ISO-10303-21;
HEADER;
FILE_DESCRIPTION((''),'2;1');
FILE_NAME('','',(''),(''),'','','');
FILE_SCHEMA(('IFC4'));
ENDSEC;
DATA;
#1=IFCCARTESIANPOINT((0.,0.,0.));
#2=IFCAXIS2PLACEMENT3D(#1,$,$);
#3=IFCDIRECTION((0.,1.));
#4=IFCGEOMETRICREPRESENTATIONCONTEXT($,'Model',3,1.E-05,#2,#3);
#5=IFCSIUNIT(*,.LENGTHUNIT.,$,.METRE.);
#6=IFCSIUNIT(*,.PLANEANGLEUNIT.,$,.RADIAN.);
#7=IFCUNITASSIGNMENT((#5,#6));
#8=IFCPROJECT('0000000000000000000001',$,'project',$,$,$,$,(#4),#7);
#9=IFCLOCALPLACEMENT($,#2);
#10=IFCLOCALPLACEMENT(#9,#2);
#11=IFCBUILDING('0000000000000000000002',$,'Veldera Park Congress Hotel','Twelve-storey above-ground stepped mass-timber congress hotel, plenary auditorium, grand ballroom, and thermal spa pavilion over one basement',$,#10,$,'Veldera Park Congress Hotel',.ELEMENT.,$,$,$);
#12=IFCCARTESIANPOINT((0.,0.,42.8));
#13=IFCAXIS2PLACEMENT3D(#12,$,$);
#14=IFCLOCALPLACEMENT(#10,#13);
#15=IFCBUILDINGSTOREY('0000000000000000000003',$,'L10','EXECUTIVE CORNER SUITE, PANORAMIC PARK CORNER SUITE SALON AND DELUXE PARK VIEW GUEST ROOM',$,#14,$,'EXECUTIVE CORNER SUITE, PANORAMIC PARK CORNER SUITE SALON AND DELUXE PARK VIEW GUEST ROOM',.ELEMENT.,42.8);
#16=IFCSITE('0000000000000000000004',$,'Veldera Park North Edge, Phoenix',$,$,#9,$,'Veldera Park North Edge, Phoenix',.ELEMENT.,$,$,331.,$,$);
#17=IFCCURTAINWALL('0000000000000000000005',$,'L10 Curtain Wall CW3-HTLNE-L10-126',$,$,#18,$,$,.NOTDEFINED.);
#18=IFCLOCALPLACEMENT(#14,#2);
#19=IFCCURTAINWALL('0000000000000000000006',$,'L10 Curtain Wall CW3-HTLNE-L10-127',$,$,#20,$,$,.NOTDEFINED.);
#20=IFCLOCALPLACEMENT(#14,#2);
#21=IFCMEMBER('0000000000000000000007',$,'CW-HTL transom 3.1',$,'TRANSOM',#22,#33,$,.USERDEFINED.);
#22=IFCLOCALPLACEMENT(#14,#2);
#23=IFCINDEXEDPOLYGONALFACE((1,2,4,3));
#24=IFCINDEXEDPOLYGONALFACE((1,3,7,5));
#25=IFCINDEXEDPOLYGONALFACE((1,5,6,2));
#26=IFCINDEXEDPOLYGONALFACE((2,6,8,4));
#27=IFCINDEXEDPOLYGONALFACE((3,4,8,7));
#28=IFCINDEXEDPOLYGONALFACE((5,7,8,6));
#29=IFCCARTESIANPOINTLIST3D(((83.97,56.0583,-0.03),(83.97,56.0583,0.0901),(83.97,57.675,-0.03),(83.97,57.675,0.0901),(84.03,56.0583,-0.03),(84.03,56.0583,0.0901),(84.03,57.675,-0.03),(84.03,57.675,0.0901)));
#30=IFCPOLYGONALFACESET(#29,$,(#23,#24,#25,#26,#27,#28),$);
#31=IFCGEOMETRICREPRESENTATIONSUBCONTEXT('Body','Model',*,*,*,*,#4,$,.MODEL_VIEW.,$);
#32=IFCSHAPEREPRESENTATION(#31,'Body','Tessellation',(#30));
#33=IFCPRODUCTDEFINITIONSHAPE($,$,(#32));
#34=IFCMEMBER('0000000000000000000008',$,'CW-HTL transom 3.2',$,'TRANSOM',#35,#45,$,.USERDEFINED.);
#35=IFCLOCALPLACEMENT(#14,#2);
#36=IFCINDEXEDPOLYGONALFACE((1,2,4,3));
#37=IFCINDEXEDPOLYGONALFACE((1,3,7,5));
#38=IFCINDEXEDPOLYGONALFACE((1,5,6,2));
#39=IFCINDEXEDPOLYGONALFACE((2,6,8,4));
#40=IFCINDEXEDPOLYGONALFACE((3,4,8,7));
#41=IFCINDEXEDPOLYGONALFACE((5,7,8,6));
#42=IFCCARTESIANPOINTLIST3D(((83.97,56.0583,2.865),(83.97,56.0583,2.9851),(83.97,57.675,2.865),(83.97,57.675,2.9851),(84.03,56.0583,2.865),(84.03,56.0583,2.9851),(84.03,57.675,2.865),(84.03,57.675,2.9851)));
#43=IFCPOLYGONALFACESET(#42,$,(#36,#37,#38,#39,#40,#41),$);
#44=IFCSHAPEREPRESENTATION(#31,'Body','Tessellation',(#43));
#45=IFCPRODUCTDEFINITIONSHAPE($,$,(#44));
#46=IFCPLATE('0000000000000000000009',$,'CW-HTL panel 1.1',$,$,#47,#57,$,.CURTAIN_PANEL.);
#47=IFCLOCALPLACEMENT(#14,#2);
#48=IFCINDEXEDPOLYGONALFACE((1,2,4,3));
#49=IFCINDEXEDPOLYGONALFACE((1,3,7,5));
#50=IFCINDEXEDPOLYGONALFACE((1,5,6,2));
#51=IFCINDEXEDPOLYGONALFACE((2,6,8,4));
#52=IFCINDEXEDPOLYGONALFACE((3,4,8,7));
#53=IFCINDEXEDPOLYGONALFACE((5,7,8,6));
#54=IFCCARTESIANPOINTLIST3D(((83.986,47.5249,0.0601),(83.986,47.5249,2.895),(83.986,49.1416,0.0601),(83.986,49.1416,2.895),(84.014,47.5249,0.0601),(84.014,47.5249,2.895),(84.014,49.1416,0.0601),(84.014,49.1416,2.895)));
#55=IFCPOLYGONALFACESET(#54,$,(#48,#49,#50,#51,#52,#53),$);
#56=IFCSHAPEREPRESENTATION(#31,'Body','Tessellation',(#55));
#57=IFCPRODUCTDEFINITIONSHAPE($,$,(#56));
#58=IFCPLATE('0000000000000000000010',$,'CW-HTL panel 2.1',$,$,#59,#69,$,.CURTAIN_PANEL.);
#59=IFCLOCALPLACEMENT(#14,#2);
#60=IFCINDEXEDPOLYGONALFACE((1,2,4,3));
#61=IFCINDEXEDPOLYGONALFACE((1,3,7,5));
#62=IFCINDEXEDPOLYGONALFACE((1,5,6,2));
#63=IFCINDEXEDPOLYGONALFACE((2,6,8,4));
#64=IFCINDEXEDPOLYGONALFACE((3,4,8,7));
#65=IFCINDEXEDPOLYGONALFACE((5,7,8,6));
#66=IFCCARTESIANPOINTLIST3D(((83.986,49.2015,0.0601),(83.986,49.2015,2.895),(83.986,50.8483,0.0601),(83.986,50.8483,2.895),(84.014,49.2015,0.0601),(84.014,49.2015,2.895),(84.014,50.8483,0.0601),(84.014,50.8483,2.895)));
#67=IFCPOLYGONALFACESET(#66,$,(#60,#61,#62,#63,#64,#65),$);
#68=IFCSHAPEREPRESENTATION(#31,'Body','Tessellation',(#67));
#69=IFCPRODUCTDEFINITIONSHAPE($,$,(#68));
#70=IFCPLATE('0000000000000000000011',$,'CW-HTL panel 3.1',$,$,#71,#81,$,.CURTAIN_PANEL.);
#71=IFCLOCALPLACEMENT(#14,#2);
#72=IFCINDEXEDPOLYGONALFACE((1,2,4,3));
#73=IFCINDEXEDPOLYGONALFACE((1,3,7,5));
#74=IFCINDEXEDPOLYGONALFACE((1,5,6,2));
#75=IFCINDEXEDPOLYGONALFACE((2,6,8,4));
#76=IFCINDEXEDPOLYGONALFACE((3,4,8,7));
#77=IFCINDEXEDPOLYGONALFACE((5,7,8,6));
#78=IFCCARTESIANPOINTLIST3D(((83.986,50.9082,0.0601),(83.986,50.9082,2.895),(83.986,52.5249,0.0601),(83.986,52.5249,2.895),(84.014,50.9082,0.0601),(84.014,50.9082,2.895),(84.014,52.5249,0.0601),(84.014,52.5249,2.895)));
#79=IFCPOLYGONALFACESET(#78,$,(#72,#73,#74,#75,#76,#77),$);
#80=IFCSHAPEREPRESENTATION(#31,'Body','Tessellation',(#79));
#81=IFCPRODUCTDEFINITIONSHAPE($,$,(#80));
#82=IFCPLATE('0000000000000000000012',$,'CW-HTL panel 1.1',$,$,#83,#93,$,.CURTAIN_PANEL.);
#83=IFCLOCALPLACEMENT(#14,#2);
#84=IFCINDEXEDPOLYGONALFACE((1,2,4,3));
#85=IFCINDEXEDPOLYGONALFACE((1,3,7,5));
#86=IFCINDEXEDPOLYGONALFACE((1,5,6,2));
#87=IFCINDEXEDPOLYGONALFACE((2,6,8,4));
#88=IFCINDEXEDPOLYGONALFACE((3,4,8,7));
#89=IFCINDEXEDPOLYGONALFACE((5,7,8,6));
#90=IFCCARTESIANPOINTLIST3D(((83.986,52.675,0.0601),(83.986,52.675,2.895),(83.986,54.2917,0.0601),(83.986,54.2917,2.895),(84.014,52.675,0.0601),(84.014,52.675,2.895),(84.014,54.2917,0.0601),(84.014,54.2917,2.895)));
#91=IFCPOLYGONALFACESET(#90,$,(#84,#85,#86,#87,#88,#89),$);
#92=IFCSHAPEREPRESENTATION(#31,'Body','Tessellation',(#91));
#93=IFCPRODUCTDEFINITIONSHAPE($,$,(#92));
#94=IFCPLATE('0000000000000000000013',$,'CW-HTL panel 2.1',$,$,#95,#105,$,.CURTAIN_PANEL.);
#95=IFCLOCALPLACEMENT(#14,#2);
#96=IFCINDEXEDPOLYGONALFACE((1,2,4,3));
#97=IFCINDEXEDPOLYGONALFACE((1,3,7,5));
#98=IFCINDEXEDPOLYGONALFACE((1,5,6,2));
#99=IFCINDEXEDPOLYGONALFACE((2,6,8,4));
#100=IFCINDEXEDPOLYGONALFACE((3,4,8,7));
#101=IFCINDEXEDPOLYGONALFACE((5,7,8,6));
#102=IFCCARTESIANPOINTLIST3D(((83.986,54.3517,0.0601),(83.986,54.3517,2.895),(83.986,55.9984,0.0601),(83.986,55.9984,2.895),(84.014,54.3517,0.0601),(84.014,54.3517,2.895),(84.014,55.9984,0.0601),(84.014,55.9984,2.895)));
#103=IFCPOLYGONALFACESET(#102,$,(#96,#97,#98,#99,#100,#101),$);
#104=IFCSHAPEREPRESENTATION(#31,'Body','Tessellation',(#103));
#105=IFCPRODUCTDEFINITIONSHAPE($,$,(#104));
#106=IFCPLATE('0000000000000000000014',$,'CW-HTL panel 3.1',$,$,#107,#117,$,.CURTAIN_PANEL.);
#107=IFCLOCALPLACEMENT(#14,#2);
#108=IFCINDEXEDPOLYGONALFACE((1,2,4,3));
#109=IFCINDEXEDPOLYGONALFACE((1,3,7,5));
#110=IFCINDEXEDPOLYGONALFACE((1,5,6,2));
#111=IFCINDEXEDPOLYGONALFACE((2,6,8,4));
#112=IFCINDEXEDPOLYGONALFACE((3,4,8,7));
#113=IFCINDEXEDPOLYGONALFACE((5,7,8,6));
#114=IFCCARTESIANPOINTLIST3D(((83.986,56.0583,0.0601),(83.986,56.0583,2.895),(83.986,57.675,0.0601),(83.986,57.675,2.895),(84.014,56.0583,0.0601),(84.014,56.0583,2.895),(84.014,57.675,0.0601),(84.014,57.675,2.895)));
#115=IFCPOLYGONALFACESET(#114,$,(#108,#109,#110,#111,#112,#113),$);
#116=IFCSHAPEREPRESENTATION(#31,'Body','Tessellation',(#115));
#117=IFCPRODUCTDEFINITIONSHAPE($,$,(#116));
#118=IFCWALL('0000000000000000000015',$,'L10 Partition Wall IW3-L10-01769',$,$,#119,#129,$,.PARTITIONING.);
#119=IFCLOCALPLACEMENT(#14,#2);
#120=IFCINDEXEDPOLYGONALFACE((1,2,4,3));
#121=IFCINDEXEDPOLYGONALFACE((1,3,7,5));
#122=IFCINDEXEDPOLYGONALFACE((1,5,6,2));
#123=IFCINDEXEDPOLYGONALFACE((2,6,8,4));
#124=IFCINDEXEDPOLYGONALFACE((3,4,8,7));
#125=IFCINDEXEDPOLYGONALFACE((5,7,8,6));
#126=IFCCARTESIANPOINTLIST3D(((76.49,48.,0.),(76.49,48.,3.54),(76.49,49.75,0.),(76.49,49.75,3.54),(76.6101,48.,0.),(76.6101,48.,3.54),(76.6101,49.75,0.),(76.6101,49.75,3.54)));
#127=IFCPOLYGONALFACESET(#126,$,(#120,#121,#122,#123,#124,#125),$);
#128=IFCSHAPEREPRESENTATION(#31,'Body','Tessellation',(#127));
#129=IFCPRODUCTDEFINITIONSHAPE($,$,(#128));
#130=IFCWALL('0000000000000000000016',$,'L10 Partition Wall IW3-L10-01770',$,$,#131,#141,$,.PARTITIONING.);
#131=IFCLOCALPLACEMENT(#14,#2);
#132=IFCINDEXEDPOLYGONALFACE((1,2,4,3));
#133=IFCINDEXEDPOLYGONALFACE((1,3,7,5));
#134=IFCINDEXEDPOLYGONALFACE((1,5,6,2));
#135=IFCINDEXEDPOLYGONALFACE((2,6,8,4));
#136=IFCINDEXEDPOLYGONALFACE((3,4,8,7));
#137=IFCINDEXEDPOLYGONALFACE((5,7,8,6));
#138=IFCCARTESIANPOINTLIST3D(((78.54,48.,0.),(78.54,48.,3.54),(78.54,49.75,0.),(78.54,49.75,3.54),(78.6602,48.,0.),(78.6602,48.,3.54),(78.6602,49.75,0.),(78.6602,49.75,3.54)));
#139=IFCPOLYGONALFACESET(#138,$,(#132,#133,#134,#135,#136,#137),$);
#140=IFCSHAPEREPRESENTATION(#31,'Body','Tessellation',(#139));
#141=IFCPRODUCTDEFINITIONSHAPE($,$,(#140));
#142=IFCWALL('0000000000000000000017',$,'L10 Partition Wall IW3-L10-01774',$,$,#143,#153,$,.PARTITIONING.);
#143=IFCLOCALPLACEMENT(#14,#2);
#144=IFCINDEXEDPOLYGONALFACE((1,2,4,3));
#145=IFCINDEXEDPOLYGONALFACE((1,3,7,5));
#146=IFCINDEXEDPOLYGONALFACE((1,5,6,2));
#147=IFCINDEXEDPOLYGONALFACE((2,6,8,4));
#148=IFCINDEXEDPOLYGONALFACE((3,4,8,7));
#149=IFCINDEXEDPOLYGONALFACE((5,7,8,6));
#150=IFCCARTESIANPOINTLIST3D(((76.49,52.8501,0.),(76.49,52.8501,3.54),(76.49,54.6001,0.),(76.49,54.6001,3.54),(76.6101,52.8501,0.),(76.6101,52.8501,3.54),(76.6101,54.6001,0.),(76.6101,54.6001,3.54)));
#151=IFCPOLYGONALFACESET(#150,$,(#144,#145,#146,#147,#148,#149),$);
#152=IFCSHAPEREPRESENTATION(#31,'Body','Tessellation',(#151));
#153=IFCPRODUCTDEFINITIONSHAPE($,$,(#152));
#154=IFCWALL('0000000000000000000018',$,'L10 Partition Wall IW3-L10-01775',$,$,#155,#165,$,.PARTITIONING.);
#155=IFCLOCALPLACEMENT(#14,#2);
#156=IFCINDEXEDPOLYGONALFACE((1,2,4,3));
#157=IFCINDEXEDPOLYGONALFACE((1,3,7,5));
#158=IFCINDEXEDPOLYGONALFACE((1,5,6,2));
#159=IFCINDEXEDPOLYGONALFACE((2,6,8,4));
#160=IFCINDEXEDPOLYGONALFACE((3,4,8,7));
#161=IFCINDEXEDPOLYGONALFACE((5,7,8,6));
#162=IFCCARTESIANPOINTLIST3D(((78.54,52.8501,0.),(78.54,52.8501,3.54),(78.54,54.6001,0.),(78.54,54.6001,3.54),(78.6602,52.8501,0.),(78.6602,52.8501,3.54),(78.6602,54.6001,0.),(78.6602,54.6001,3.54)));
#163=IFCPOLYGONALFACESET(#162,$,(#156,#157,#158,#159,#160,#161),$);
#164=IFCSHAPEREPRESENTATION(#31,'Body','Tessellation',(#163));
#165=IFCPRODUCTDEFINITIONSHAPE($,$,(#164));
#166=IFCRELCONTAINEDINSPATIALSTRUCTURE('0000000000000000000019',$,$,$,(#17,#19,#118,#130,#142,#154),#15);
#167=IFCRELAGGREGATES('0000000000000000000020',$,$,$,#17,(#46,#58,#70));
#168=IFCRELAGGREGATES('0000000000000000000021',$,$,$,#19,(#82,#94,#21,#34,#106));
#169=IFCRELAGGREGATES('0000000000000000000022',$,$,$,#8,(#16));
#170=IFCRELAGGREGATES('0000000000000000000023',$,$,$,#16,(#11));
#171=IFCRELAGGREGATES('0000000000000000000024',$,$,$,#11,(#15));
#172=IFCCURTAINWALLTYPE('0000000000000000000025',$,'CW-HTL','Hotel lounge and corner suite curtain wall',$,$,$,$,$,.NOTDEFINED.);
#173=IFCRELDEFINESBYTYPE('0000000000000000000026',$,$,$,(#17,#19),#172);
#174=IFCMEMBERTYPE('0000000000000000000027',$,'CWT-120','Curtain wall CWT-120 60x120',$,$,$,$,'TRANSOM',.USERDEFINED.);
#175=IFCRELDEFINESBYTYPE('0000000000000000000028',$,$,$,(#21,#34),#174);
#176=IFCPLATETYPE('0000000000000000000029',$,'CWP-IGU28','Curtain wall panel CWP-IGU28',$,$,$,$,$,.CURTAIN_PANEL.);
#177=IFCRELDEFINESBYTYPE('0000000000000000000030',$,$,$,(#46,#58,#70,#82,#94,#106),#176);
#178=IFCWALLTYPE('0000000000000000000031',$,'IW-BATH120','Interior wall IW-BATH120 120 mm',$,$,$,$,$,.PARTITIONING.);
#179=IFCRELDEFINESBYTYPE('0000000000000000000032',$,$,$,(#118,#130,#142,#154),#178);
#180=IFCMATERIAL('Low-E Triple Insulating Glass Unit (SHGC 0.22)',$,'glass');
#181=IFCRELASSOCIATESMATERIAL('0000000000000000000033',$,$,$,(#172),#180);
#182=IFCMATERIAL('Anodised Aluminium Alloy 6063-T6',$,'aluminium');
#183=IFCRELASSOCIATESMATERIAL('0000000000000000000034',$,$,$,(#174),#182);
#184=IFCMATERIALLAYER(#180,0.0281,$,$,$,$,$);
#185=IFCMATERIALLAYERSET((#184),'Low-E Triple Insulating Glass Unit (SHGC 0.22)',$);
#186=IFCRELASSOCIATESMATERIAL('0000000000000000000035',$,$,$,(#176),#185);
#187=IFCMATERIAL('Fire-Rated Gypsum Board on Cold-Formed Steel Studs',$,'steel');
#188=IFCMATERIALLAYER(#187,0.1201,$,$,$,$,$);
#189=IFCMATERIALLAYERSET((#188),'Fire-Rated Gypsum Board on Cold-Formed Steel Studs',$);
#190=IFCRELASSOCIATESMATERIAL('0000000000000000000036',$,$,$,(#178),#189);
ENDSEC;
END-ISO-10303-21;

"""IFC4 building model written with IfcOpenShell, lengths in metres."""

from ifc_helpers import new_model, si_unit, direction, frame, frame_2d, origin, origin_2d, place, context, subcontext, project, spatial, rectangle, extrude, material, layer, layer_set, material_profile, profile_set, type_object, element, aggregate, save


model = new_model("IFC4")

# Units and contexts
model_context = context("Model", 3, precision=1e-05, world=origin(), true_north=direction((0.0, 1.0)))
body_context = subcontext(model_context, "Body", "Model", "MODEL_VIEW")
ifc_project = project(units=[si_unit("LENGTHUNIT", "METRE"), si_unit("PLANEANGLEUNIT", "RADIAN")], contexts=[model_context])

# Site, building, storey
site_placement = place(None, origin())
site = spatial("IfcSite", under=ifc_project, at=site_placement, Name="Veldera Park North Edge, Phoenix", LongName="Veldera Park North Edge, Phoenix", CompositionType="ELEMENT", RefElevation=331.0)
building_placement = place(site_placement, origin())
building = spatial("IfcBuilding", under=site, at=building_placement, Name="Veldera Park Congress Hotel", Description="Twelve-storey above-ground stepped mass-timber congress hotel, plenary auditorium, grand ballroom, and thermal spa pavilion over one basement", LongName="Veldera Park Congress Hotel", CompositionType="ELEMENT")
storey_placement = place(building_placement, frame((0.0, 0.0, 42.8)))
storey = spatial("IfcBuildingStorey", under=building, at=storey_placement, Name="L10", Description="EXECUTIVE CORNER SUITE, PANORAMIC PARK CORNER SUITE SALON AND DELUXE PARK VIEW GUEST ROOM", LongName="EXECUTIVE CORNER SUITE, PANORAMIC PARK CORNER SUITE SALON AND DELUXE PARK VIEW GUEST ROOM", CompositionType="ELEMENT", Elevation=42.8)

# Curtain walls
ifc_material_1 = material(Name="Low-E Triple Insulating Glass Unit (SHGC 0.22)", Category="glass")
curtain_wall_type = type_object("IfcCurtainWallType", Name="CW-HTL", Description="Hotel lounge and corner suite curtain wall", PredefinedType="NOTDEFINED", material=ifc_material_1)
curtain_wall_1_placement = place(storey_placement, origin())
curtain_wall_1 = element("IfcCurtainWall", 1, at=curtain_wall_1_placement, inside=storey, type_object=curtain_wall_type, Name="L10 Curtain Wall CW3-HTLNE-L10-126", PredefinedType="NOTDEFINED")
ifc_material_2 = material(Name="Anodised Aluminium Alloy 6063-T6", Category="aluminium")
curtain_wall_2_placement = place(storey_placement, origin())
curtain_wall_2 = element("IfcCurtainWall", 2, at=curtain_wall_2_placement, inside=storey, type_object=curtain_wall_type, Name="L10 Curtain Wall CW3-HTLNE-L10-127", PredefinedType="NOTDEFINED")

# Members
ifc_material_profile_1 = material_profile(ifc_material_2, rectangle(XDim=0.0601, YDim=0.1201, at=origin_2d()), Name="ALU 60x120")
ifc_profile_set_1 = profile_set([ifc_material_profile_1], Name="Anodised Aluminium Alloy 6063-T6")
member_type_1 = type_object("IfcMemberType", Name="CWT-120", Description="Curtain wall CWT-120 60x120", ElementType="TRANSOM", PredefinedType="USERDEFINED", material=ifc_profile_set_1)
member_1_placement = place(storey_placement, frame((84.0, 56.0583, 0.03), z_axis=(0.0, 1.0, 0.0), x_axis=(-1.0, 0.0, 0.0)))
member_1 = element("IfcMember", 3, at=member_1_placement, type_object=member_type_1, Name="CW-HTL transom 3.1", ObjectType="TRANSOM", PredefinedType="USERDEFINED", context=body_context, shape_type="SweptSolid", body=[
    extrude(rectangle(XDim=0.0601, YDim=0.1201, at=origin_2d()), origin(), (0.0, 0.0, 1.0), 1.6167),
])
member_2_placement = place(storey_placement, frame((84.0, 56.0583, 2.925), z_axis=(0.0, 1.0, 0.0), x_axis=(-1.0, 0.0, 0.0)))
member_2 = element("IfcMember", 4, at=member_2_placement, type_object=member_type_1, Name="CW-HTL transom 3.2", ObjectType="TRANSOM", PredefinedType="USERDEFINED", context=body_context, shape_type="SweptSolid", body=[
    extrude(rectangle(XDim=0.0601, YDim=0.1201, at=origin_2d()), origin(), (0.0, 0.0, 1.0), 1.6167),
])

# Plates
ifc_layer_1 = layer(ifc_material_1, 0.0281)
ifc_layer_set_1 = layer_set([ifc_layer_1], Name="Low-E Triple Insulating Glass Unit (SHGC 0.22)")
plate_type = type_object("IfcPlateType", Name="CWP-IGU28", Description="Curtain wall panel CWP-IGU28", PredefinedType="CURTAIN_PANEL", material=ifc_layer_set_1)
plate_1_placement = place(storey_placement, frame((84.0, 48.3333, 0.0601), z_axis=(0.0, 0.0, 1.0), x_axis=(0.0, 1.0, 0.0)))
plate_1 = element("IfcPlate", 5, at=plate_1_placement, type_object=plate_type, Name="CW-HTL panel 1.1", PredefinedType="CURTAIN_PANEL", context=body_context, shape_type="SweptSolid", body=[
    extrude(rectangle(XDim=1.6167, YDim=0.0281, at=origin_2d()), origin(), (0.0, 0.0, 1.0), 2.835),
])
plate_2_placement = place(storey_placement, frame((84.0, 50.0249, 0.0601), z_axis=(0.0, 0.0, 1.0), x_axis=(0.0, 1.0, 0.0)))
plate_2 = element("IfcPlate", 6, at=plate_2_placement, type_object=plate_type, Name="CW-HTL panel 2.1", PredefinedType="CURTAIN_PANEL", context=body_context, shape_type="SweptSolid", body=[
    extrude(rectangle(XDim=1.6467, YDim=0.0281, at=origin_2d()), origin(), (0.0, 0.0, 1.0), 2.835),
])
plate_3_placement = place(storey_placement, frame((84.0, 51.7166, 0.0601), z_axis=(0.0, 0.0, 1.0), x_axis=(0.0, 1.0, 0.0)))
plate_3 = element("IfcPlate", 7, at=plate_3_placement, type_object=plate_type, Name="CW-HTL panel 3.1", PredefinedType="CURTAIN_PANEL", context=body_context, shape_type="SweptSolid", body=[
    extrude(rectangle(XDim=1.6167, YDim=0.0281, at=origin_2d()), origin(), (0.0, 0.0, 1.0), 2.835),
])
aggregate(curtain_wall_1, [plate_1, plate_2, plate_3])
plate_4_placement = place(storey_placement, frame((84.0, 53.4834, 0.0601), z_axis=(0.0, 0.0, 1.0), x_axis=(0.0, 1.0, 0.0)))
plate_4 = element("IfcPlate", 8, at=plate_4_placement, type_object=plate_type, Name="CW-HTL panel 1.1", PredefinedType="CURTAIN_PANEL", context=body_context, shape_type="SweptSolid", body=[
    extrude(rectangle(XDim=1.6167, YDim=0.0281, at=origin_2d()), origin(), (0.0, 0.0, 1.0), 2.835),
])
plate_5_placement = place(storey_placement, frame((84.0, 55.175, 0.0601), z_axis=(0.0, 0.0, 1.0), x_axis=(0.0, 1.0, 0.0)))
plate_5 = element("IfcPlate", 9, at=plate_5_placement, type_object=plate_type, Name="CW-HTL panel 2.1", PredefinedType="CURTAIN_PANEL", context=body_context, shape_type="SweptSolid", body=[
    extrude(rectangle(XDim=1.6467, YDim=0.0281, at=origin_2d()), origin(), (0.0, 0.0, 1.0), 2.835),
])
plate_6_placement = place(storey_placement, frame((84.0, 56.8667, 0.0601), z_axis=(0.0, 0.0, 1.0), x_axis=(0.0, 1.0, 0.0)))
plate_6 = element("IfcPlate", 10, at=plate_6_placement, type_object=plate_type, Name="CW-HTL panel 3.1", PredefinedType="CURTAIN_PANEL", context=body_context, shape_type="SweptSolid", body=[
    extrude(rectangle(XDim=1.6167, YDim=0.0281, at=origin_2d()), origin(), (0.0, 0.0, 1.0), 2.835),
])
aggregate(curtain_wall_2, [plate_4, plate_5, member_1, member_2, plate_6])

# Walls
ifc_material_3 = material(Name="Fire-Rated Gypsum Board on Cold-Formed Steel Studs", Category="steel")
ifc_layer_2 = layer(ifc_material_3, 0.1201)
ifc_layer_set_2 = layer_set([ifc_layer_2], Name="Fire-Rated Gypsum Board on Cold-Formed Steel Studs")
wall_type = type_object("IfcWallType", Name="IW-BATH120", Description="Interior wall IW-BATH120 120 mm", PredefinedType="PARTITIONING", material=ifc_layer_set_2)
for number, where, z_axis, x_axis, name in (
    (11, (76.55, 48.0, 0.0), (0.0, 0.0, 1.0), (0.0, 1.0, 0.0), "L10 Partition Wall IW3-L10-01769"),
    (12, (78.6001, 48.0, 0.0), (0.0, 0.0, 1.0), (0.0, 1.0, 0.0), "L10 Partition Wall IW3-L10-01770"),
):
    element("IfcWall", number, at=place(storey_placement, frame(where, z_axis=z_axis, x_axis=x_axis)), inside=storey, type_object=wall_type, Name=name, PredefinedType="PARTITIONING", context=body_context, shape_type="SweptSolid", body=[
        extrude(rectangle(XDim=1.75, YDim=0.1201, at=frame_2d((0.875, 0.0))), origin(), (0.0, 0.0, 1.0), 3.54),
    ])

# Walls
for number, where, z_axis, x_axis, name in (
    (13, (76.55, 52.8501, 0.0), (0.0, 0.0, 1.0), (0.0, 1.0, 0.0), "L10 Partition Wall IW3-L10-01774"),
    (14, (78.6001, 52.8501, 0.0), (0.0, 0.0, 1.0), (0.0, 1.0, 0.0), "L10 Partition Wall IW3-L10-01775"),
):
    element("IfcWall", number, at=place(storey_placement, frame(where, z_axis=z_axis, x_axis=x_axis)), inside=storey, type_object=wall_type, Name=name, PredefinedType="PARTITIONING", context=body_context, shape_type="SweptSolid", body=[
        extrude(rectangle(XDim=1.75, YDim=0.1201, at=frame_2d((0.875, 0.0))), origin(), (0.0, 0.0, 1.0), 3.54),
    ])

save(model, "model.ifc")
